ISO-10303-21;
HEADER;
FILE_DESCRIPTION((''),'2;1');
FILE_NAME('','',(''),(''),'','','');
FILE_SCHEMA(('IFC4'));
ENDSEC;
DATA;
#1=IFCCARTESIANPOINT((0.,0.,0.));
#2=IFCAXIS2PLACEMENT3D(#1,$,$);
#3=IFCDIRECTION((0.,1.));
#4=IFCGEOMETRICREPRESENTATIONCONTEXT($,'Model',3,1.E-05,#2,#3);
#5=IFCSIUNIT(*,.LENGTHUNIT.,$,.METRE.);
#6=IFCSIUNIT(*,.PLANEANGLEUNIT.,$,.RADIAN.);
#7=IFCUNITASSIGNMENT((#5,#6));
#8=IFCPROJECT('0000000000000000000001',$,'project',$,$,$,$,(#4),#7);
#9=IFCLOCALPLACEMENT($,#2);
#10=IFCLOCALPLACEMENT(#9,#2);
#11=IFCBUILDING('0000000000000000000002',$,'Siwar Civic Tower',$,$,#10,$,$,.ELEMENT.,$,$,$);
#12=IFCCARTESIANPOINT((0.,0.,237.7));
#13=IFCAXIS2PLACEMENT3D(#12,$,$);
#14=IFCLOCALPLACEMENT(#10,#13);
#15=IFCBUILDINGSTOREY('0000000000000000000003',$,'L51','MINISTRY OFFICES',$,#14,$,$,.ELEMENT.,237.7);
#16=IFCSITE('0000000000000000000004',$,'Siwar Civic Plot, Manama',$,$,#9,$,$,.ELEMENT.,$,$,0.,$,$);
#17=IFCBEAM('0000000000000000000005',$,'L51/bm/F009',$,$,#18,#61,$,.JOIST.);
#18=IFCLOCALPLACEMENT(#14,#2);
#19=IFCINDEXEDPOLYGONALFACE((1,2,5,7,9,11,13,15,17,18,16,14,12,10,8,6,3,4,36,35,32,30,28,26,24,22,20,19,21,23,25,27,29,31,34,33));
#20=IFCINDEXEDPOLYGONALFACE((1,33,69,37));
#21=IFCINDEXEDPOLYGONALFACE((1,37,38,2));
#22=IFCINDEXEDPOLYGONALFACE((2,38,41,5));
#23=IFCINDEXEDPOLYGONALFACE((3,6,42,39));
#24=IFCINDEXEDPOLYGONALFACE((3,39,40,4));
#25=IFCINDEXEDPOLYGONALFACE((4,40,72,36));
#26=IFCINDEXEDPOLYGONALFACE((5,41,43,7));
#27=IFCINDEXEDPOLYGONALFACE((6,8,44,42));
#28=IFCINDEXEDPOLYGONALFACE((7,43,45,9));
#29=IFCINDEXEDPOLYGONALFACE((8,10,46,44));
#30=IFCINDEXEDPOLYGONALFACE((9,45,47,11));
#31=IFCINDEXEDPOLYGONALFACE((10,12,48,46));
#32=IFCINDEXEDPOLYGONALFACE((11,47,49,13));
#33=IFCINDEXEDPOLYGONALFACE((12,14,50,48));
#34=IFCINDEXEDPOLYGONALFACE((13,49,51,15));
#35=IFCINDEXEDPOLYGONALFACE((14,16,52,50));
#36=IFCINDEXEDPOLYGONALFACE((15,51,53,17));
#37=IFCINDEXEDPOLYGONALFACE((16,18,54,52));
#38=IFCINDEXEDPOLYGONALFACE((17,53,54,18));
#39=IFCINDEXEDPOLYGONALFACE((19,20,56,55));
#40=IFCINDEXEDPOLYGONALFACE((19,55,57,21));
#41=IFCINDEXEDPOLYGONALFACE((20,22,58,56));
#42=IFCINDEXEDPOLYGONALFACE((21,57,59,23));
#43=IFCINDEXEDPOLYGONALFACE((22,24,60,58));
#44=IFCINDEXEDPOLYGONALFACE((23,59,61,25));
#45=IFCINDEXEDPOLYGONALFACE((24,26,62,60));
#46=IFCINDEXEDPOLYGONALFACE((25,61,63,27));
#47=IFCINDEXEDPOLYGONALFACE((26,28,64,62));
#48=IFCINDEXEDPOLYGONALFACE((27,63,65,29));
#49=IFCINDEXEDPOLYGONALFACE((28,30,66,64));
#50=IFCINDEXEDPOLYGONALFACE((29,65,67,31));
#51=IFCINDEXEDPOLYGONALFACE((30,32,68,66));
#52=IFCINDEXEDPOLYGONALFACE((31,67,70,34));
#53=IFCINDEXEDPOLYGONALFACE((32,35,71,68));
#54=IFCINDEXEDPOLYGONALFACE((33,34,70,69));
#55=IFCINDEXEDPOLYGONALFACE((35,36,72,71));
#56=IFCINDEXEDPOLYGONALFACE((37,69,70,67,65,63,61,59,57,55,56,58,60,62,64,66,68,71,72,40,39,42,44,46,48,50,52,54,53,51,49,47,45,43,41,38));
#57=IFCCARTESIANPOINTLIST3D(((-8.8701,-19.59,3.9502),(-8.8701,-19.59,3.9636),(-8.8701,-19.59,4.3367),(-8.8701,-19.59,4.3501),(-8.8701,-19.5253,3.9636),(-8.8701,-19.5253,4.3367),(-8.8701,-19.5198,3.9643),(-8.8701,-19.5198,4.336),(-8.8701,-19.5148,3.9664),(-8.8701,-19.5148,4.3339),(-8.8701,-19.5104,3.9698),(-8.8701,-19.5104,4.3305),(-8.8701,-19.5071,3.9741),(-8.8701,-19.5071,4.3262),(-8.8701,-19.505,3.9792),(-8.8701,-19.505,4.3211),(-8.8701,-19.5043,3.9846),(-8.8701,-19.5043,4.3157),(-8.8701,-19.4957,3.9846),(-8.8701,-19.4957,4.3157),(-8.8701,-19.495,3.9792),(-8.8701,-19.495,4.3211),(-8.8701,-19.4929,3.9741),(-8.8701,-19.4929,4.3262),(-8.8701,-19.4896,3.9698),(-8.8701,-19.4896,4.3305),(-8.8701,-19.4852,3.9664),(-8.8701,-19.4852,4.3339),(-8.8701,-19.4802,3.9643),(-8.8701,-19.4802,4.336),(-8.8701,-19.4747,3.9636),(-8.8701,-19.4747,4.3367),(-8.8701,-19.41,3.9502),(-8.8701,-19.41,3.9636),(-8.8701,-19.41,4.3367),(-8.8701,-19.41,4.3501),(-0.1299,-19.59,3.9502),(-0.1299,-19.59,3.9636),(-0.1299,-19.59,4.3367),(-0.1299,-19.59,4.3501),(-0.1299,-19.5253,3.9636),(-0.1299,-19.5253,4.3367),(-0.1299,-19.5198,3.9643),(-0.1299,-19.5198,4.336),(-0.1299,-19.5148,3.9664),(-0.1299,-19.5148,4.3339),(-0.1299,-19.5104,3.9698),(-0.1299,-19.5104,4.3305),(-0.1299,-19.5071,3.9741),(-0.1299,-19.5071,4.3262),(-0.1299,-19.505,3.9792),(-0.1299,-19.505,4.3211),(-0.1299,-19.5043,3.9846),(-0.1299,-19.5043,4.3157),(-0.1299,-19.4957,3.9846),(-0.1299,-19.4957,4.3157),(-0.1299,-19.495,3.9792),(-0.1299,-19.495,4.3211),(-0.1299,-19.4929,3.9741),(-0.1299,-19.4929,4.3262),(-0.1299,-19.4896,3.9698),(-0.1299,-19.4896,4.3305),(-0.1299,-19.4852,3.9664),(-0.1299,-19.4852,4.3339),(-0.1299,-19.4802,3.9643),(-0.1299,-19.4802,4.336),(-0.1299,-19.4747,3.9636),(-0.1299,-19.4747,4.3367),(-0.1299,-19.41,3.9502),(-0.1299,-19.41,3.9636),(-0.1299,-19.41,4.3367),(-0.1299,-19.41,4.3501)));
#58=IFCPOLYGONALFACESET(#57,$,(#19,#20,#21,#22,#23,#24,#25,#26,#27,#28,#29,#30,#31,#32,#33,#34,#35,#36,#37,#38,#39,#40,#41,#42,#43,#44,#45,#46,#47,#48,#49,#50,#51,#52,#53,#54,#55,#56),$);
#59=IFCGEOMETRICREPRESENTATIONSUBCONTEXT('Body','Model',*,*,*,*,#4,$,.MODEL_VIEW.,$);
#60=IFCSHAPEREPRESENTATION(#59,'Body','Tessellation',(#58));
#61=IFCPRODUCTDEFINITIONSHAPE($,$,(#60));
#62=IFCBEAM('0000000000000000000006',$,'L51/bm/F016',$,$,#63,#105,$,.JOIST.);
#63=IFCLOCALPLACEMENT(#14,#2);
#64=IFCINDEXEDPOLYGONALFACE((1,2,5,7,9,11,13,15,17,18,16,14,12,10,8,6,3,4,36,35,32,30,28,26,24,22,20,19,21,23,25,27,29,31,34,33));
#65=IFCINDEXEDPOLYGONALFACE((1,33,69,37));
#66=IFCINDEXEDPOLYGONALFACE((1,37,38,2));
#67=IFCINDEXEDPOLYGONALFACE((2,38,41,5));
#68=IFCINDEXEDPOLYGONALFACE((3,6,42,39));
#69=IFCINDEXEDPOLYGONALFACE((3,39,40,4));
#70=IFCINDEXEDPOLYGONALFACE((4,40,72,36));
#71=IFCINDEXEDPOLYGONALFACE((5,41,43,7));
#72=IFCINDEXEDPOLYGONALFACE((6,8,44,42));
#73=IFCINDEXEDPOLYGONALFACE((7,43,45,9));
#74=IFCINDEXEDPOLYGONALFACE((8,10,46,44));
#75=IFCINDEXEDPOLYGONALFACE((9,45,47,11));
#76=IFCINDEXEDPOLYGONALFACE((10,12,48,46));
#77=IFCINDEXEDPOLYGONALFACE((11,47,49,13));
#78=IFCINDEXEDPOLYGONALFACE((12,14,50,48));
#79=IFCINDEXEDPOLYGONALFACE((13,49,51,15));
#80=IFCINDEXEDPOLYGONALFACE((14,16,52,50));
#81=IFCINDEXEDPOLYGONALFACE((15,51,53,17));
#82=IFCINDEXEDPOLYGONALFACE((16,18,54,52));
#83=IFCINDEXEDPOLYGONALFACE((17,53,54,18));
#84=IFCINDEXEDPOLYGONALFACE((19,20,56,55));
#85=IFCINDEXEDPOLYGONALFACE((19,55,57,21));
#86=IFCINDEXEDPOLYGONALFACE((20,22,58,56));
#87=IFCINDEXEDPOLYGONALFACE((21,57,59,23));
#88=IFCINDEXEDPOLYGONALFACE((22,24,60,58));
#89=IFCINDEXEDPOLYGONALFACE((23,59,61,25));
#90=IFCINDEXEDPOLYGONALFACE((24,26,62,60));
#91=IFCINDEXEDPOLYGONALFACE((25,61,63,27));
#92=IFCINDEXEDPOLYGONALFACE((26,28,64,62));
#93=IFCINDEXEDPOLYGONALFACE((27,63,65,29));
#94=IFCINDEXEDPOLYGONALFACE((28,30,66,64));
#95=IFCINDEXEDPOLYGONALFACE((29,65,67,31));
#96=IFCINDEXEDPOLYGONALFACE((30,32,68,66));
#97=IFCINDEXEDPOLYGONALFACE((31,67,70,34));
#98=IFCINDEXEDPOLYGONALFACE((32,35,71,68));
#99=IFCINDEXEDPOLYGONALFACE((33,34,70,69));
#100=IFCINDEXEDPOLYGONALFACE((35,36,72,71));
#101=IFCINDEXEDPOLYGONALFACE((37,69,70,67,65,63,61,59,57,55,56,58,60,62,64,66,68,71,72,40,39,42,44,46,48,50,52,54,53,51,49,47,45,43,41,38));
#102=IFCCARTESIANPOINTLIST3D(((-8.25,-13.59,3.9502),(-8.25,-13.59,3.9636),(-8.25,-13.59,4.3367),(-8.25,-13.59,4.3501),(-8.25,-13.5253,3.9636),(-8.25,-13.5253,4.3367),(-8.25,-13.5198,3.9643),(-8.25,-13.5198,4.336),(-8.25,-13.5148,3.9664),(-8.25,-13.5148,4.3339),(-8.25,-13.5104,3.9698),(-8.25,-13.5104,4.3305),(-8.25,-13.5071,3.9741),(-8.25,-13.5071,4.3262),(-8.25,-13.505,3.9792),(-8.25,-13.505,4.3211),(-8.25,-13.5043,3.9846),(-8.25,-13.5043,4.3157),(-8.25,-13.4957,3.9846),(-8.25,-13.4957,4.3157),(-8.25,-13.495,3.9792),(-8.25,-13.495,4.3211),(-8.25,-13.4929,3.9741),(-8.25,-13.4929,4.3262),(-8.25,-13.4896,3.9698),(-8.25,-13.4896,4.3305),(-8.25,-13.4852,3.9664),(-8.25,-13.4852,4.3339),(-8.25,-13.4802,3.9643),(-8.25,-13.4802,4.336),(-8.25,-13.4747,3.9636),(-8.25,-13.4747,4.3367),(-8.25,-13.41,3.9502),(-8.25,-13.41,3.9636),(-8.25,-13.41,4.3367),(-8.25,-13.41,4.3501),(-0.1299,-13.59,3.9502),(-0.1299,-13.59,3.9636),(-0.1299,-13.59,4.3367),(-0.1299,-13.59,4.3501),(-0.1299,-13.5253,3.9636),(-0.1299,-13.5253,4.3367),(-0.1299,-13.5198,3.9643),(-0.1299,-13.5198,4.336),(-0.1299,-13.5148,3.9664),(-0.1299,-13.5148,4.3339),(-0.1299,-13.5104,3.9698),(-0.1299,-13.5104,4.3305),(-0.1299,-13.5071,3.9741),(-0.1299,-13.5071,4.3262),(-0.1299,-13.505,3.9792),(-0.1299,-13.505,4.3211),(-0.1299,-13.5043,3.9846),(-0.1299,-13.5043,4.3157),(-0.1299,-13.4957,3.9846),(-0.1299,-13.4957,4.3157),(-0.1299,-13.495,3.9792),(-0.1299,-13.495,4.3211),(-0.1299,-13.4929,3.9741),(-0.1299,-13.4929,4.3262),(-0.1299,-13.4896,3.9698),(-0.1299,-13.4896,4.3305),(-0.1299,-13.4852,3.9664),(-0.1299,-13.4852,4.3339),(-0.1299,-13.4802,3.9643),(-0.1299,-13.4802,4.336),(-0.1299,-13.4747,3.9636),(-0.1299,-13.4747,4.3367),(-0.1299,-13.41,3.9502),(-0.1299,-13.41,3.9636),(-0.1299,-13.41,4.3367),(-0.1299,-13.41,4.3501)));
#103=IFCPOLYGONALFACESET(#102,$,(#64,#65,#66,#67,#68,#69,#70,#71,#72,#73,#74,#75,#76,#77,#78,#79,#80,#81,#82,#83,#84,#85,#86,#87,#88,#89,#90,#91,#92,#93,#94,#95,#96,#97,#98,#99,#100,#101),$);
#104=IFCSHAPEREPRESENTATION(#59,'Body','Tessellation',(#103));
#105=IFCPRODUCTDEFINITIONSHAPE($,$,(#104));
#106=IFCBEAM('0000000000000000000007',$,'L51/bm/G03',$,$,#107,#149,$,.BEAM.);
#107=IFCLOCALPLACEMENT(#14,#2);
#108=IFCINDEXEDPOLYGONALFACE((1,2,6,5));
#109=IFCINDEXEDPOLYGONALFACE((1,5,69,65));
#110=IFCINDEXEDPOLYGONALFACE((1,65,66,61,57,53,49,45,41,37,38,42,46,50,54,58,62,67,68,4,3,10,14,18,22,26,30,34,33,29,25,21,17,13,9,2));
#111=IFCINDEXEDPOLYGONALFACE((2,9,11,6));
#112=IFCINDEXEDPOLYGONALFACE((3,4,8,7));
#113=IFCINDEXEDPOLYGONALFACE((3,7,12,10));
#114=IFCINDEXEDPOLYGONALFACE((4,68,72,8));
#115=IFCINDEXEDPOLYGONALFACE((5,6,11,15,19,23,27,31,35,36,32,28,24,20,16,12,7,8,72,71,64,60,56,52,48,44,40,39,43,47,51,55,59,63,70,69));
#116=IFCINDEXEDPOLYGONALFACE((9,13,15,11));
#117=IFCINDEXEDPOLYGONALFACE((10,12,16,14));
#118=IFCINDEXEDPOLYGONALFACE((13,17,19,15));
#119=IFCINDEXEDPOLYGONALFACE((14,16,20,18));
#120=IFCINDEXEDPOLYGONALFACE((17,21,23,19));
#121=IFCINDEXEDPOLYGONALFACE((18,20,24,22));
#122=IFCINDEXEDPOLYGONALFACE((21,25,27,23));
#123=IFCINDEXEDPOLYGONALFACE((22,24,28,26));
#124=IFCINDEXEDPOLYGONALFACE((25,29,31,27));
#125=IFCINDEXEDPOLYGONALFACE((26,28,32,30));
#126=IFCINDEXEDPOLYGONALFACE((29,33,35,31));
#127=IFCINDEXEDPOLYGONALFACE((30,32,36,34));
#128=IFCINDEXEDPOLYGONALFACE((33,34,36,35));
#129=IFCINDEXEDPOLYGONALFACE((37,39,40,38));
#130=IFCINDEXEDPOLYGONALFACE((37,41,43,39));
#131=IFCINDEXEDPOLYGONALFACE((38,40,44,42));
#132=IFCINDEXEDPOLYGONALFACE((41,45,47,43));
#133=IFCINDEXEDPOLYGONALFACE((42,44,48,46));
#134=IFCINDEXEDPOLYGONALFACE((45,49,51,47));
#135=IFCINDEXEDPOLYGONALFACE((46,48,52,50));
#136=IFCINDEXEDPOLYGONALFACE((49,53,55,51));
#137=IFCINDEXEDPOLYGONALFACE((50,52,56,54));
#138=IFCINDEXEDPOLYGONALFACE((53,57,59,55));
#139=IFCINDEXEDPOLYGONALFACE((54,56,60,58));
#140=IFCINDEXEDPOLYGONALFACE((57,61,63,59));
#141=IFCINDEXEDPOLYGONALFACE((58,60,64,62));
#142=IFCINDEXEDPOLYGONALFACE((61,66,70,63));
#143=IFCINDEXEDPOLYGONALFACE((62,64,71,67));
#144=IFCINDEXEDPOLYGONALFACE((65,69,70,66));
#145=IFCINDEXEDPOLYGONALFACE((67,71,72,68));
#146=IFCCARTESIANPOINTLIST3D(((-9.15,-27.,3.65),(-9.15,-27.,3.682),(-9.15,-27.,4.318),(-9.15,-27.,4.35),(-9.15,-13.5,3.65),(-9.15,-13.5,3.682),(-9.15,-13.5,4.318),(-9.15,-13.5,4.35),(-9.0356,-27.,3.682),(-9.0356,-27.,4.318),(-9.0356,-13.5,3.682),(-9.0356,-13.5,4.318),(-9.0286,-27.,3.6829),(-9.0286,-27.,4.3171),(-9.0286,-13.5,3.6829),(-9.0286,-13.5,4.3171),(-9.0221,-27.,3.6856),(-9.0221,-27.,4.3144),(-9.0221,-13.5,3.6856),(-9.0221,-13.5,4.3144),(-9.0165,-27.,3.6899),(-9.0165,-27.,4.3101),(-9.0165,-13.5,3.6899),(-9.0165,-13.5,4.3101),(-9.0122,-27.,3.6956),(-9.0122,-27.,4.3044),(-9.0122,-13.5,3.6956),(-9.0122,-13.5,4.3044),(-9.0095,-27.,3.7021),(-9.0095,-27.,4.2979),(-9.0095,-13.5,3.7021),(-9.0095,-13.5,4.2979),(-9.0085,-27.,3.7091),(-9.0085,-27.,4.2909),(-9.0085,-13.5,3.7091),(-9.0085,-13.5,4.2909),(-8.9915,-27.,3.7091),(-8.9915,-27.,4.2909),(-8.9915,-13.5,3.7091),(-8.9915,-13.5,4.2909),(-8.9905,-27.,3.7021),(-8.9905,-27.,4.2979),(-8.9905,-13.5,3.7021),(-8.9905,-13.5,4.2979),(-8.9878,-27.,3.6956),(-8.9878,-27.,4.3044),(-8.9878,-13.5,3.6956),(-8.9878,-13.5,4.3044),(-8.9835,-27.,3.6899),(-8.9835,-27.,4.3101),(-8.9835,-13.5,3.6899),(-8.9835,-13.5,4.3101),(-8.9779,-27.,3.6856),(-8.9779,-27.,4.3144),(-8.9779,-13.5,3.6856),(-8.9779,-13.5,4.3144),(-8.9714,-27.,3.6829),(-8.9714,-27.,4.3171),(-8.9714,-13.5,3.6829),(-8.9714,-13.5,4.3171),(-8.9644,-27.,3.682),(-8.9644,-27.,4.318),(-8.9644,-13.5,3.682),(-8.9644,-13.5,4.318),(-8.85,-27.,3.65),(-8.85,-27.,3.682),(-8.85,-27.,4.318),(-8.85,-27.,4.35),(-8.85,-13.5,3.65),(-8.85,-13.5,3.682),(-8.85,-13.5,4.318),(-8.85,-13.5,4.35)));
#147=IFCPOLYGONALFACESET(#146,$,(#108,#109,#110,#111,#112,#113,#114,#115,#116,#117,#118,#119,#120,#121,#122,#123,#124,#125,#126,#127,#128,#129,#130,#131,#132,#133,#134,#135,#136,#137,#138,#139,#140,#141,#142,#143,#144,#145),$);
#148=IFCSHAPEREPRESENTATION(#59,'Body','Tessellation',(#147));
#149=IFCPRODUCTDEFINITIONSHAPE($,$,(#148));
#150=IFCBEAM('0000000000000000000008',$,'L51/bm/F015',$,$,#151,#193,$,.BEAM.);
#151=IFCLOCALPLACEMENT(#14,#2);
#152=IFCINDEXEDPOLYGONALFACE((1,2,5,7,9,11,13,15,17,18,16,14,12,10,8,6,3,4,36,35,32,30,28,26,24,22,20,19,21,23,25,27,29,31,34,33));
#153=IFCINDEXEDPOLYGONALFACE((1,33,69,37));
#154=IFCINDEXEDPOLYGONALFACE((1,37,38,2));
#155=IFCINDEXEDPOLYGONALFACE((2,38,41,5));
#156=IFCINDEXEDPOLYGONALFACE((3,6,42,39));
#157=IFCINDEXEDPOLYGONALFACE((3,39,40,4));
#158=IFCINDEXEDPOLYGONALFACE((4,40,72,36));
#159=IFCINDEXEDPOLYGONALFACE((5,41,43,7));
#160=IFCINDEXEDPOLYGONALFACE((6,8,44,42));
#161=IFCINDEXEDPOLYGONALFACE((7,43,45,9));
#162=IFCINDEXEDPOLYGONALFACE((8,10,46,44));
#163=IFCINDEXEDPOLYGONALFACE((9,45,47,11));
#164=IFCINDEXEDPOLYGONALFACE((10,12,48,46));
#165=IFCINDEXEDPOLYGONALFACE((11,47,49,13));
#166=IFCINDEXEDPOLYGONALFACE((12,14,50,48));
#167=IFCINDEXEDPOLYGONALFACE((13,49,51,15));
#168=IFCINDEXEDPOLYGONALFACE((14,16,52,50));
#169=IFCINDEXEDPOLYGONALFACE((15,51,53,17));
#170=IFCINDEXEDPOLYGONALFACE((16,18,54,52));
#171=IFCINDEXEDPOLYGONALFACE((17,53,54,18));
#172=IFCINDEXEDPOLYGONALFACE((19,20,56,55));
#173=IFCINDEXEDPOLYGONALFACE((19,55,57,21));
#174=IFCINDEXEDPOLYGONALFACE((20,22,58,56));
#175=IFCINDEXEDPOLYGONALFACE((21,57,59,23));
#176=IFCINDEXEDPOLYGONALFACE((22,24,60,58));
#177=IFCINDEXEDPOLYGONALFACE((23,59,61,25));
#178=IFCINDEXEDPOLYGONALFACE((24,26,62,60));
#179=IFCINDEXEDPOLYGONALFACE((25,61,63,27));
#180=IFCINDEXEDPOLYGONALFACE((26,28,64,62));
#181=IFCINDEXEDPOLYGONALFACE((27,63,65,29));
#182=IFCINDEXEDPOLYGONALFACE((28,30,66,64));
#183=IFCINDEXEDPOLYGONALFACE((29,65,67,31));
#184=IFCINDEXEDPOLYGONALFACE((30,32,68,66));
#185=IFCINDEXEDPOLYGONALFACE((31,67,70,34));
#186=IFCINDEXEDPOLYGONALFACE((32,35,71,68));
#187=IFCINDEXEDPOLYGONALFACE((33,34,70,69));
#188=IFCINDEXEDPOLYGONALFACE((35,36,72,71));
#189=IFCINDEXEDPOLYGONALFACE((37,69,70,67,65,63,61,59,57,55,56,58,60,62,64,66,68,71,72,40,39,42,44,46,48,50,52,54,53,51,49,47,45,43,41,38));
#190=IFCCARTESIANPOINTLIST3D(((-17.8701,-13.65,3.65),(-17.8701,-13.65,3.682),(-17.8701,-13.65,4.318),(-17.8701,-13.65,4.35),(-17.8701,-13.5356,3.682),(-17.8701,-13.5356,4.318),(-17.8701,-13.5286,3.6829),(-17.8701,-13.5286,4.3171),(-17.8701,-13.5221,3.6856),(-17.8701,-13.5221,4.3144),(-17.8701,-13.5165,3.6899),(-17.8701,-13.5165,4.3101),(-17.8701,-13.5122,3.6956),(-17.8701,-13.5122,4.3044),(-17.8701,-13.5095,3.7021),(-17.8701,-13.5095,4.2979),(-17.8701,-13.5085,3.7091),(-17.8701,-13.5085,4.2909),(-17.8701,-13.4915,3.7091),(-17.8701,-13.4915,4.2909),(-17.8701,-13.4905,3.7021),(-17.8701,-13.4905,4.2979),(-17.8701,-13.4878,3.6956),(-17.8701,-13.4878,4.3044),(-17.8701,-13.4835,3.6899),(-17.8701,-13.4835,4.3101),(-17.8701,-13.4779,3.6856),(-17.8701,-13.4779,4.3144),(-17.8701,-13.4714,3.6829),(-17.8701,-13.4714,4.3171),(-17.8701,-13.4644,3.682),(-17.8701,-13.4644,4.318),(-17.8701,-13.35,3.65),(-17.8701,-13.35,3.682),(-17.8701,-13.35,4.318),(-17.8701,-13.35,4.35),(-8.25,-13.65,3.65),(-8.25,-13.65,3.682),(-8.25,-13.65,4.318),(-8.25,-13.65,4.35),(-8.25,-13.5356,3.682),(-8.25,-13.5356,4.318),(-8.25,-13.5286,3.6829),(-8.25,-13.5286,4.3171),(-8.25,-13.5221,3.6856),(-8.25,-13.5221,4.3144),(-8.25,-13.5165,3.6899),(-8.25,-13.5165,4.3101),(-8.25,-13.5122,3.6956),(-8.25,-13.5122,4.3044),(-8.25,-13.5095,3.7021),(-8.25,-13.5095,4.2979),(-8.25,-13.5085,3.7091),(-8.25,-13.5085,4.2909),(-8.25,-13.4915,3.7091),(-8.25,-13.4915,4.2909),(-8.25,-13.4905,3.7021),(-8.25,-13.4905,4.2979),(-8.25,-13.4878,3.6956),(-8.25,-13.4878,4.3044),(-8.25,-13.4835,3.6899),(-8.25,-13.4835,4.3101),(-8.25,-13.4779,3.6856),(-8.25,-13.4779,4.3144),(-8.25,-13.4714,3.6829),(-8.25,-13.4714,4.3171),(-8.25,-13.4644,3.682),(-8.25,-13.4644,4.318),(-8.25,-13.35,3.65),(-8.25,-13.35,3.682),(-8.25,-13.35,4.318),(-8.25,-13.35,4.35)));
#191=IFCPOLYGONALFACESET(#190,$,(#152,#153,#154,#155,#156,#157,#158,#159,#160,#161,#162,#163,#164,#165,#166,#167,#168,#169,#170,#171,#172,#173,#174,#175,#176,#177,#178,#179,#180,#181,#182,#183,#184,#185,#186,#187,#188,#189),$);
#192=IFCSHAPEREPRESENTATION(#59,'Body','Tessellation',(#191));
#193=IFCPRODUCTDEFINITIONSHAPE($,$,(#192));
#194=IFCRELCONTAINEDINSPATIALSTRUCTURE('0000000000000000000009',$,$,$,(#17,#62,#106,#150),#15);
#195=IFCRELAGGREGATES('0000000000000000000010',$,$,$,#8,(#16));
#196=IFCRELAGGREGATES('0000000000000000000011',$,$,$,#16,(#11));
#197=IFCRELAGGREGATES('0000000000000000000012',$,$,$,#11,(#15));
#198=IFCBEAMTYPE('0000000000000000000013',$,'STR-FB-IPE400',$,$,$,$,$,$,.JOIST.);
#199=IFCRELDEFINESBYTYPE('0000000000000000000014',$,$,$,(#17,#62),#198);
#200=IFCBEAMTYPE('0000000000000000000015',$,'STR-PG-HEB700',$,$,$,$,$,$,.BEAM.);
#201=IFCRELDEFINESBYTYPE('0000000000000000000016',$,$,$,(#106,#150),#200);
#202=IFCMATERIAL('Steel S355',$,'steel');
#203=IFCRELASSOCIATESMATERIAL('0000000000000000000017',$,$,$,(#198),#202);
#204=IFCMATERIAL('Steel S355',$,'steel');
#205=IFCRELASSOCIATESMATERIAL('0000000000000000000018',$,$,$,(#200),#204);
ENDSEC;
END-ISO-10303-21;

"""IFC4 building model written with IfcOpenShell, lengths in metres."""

from ifc_helpers import new_model, si_unit, direction, frame, origin, origin_2d, place, context, subcontext, project, spatial, i_section, extrude, material, material_profile, profile_set, type_object, element, save


model = new_model("IFC4")

# Units and contexts
model_context = context("Model", 3, precision=1e-05, world=origin(), true_north=direction((0.0, 1.0)))
body_context = subcontext(model_context, "Body", "Model", "MODEL_VIEW")
ifc_project = project(units=[si_unit("LENGTHUNIT", "METRE"), si_unit("PLANEANGLEUNIT", "RADIAN")], contexts=[model_context])

# Site, building, storey
site_placement = place(None, origin())
site = spatial("IfcSite", under=ifc_project, at=site_placement, Name="Siwar Civic Plot, Manama", CompositionType="ELEMENT", RefElevation=0.0)
building_placement = place(site_placement, origin())
building = spatial("IfcBuilding", under=site, at=building_placement, Name="Siwar Civic Tower", CompositionType="ELEMENT")
storey_placement = place(building_placement, frame((0.0, 0.0, 237.7)))
storey = spatial("IfcBuildingStorey", under=building, at=storey_placement, Name="L51", Description="MINISTRY OFFICES", CompositionType="ELEMENT", Elevation=237.7)

# Beams
ifc_material_1 = material(Name="Steel S355", Category="steel")
ifc_material_profile_1 = material_profile(ifc_material_1, i_section(OverallWidth=0.1799, OverallDepth=0.3999, WebThickness=0.0085, FlangeThickness=0.0134, FilletRadius=0.021, at=origin_2d()), Name="IPE400")
ifc_profile_set_1 = profile_set([ifc_material_profile_1], Name="Steel S355")
beam_type_1 = type_object("IfcBeamType", Name="STR-FB-IPE400", PredefinedType="JOIST", material=ifc_profile_set_1)
for number, where, z_axis, x_axis, name in (
    (1, (-8.8701, -19.5, 4.1501), (1.0, 0.0, 0.0), (0.0, 1.0, 0.0), "L51/bm/F009"),
):
    element("IfcBeam", number, at=place(storey_placement, frame(where, z_axis=z_axis, x_axis=x_axis)), inside=storey, type_object=beam_type_1, Name=name, PredefinedType="JOIST", context=body_context, shape_type="SweptSolid", body=[
        extrude(i_section(OverallWidth=0.1799, OverallDepth=0.3999, WebThickness=0.0085, FlangeThickness=0.0134, FilletRadius=0.021, at=origin_2d()), origin(), (0.0, 0.0, 1.0), 8.7402),
    ])
beam_1_placement = place(storey_placement, frame((-8.25, -13.5, 4.1501), z_axis=(1.0, 0.0, 0.0), x_axis=(0.0, 1.0, 0.0)))
element("IfcBeam", 2, at=beam_1_placement, inside=storey, type_object=beam_type_1, Name="L51/bm/F016", PredefinedType="JOIST", context=body_context, shape_type="SweptSolid", body=[
    extrude(i_section(OverallWidth=0.1799, OverallDepth=0.3999, WebThickness=0.0085, FlangeThickness=0.0134, FilletRadius=0.021, at=origin_2d()), origin(), (0.0, 0.0, 1.0), 8.1201),
])
ifc_material_2 = material(Name="Steel S355", Category="steel")
ifc_material_profile_2 = material_profile(ifc_material_2, i_section(OverallWidth=0.3, OverallDepth=0.7, WebThickness=0.0171, FlangeThickness=0.032, FilletRadius=0.0271, at=origin_2d()), Name="HEB700")
ifc_profile_set_2 = profile_set([ifc_material_profile_2], Name="Steel S355")
beam_type_2 = type_object("IfcBeamType", Name="STR-PG-HEB700", PredefinedType="BEAM", material=ifc_profile_set_2)
beam_2_placement = place(storey_placement, frame((-9.0, -27.0, 4.0), z_axis=(0.0, 1.0, 0.0), x_axis=(-1.0, 0.0, 0.0)))
element("IfcBeam", 3, at=beam_2_placement, inside=storey, type_object=beam_type_2, Name="L51/bm/G03", PredefinedType="BEAM", context=body_context, shape_type="SweptSolid", body=[
    extrude(i_section(OverallWidth=0.3, OverallDepth=0.7, WebThickness=0.0171, FlangeThickness=0.032, FilletRadius=0.0271, at=origin_2d()), origin(), (0.0, 0.0, 1.0), 13.5),
])
beam_3_placement = place(storey_placement, frame((-17.8701, -13.5, 4.0), z_axis=(1.0, 0.0, 0.0), x_axis=(0.0, 1.0, 0.0)))
element("IfcBeam", 4, at=beam_3_placement, inside=storey, type_object=beam_type_2, Name="L51/bm/F015", PredefinedType="BEAM", context=body_context, shape_type="SweptSolid", body=[
    extrude(i_section(OverallWidth=0.3, OverallDepth=0.7, WebThickness=0.0171, FlangeThickness=0.032, FilletRadius=0.0271, at=origin_2d()), origin(), (0.0, 0.0, 1.0), 9.6201),
])

save(model, "model.ifc")
